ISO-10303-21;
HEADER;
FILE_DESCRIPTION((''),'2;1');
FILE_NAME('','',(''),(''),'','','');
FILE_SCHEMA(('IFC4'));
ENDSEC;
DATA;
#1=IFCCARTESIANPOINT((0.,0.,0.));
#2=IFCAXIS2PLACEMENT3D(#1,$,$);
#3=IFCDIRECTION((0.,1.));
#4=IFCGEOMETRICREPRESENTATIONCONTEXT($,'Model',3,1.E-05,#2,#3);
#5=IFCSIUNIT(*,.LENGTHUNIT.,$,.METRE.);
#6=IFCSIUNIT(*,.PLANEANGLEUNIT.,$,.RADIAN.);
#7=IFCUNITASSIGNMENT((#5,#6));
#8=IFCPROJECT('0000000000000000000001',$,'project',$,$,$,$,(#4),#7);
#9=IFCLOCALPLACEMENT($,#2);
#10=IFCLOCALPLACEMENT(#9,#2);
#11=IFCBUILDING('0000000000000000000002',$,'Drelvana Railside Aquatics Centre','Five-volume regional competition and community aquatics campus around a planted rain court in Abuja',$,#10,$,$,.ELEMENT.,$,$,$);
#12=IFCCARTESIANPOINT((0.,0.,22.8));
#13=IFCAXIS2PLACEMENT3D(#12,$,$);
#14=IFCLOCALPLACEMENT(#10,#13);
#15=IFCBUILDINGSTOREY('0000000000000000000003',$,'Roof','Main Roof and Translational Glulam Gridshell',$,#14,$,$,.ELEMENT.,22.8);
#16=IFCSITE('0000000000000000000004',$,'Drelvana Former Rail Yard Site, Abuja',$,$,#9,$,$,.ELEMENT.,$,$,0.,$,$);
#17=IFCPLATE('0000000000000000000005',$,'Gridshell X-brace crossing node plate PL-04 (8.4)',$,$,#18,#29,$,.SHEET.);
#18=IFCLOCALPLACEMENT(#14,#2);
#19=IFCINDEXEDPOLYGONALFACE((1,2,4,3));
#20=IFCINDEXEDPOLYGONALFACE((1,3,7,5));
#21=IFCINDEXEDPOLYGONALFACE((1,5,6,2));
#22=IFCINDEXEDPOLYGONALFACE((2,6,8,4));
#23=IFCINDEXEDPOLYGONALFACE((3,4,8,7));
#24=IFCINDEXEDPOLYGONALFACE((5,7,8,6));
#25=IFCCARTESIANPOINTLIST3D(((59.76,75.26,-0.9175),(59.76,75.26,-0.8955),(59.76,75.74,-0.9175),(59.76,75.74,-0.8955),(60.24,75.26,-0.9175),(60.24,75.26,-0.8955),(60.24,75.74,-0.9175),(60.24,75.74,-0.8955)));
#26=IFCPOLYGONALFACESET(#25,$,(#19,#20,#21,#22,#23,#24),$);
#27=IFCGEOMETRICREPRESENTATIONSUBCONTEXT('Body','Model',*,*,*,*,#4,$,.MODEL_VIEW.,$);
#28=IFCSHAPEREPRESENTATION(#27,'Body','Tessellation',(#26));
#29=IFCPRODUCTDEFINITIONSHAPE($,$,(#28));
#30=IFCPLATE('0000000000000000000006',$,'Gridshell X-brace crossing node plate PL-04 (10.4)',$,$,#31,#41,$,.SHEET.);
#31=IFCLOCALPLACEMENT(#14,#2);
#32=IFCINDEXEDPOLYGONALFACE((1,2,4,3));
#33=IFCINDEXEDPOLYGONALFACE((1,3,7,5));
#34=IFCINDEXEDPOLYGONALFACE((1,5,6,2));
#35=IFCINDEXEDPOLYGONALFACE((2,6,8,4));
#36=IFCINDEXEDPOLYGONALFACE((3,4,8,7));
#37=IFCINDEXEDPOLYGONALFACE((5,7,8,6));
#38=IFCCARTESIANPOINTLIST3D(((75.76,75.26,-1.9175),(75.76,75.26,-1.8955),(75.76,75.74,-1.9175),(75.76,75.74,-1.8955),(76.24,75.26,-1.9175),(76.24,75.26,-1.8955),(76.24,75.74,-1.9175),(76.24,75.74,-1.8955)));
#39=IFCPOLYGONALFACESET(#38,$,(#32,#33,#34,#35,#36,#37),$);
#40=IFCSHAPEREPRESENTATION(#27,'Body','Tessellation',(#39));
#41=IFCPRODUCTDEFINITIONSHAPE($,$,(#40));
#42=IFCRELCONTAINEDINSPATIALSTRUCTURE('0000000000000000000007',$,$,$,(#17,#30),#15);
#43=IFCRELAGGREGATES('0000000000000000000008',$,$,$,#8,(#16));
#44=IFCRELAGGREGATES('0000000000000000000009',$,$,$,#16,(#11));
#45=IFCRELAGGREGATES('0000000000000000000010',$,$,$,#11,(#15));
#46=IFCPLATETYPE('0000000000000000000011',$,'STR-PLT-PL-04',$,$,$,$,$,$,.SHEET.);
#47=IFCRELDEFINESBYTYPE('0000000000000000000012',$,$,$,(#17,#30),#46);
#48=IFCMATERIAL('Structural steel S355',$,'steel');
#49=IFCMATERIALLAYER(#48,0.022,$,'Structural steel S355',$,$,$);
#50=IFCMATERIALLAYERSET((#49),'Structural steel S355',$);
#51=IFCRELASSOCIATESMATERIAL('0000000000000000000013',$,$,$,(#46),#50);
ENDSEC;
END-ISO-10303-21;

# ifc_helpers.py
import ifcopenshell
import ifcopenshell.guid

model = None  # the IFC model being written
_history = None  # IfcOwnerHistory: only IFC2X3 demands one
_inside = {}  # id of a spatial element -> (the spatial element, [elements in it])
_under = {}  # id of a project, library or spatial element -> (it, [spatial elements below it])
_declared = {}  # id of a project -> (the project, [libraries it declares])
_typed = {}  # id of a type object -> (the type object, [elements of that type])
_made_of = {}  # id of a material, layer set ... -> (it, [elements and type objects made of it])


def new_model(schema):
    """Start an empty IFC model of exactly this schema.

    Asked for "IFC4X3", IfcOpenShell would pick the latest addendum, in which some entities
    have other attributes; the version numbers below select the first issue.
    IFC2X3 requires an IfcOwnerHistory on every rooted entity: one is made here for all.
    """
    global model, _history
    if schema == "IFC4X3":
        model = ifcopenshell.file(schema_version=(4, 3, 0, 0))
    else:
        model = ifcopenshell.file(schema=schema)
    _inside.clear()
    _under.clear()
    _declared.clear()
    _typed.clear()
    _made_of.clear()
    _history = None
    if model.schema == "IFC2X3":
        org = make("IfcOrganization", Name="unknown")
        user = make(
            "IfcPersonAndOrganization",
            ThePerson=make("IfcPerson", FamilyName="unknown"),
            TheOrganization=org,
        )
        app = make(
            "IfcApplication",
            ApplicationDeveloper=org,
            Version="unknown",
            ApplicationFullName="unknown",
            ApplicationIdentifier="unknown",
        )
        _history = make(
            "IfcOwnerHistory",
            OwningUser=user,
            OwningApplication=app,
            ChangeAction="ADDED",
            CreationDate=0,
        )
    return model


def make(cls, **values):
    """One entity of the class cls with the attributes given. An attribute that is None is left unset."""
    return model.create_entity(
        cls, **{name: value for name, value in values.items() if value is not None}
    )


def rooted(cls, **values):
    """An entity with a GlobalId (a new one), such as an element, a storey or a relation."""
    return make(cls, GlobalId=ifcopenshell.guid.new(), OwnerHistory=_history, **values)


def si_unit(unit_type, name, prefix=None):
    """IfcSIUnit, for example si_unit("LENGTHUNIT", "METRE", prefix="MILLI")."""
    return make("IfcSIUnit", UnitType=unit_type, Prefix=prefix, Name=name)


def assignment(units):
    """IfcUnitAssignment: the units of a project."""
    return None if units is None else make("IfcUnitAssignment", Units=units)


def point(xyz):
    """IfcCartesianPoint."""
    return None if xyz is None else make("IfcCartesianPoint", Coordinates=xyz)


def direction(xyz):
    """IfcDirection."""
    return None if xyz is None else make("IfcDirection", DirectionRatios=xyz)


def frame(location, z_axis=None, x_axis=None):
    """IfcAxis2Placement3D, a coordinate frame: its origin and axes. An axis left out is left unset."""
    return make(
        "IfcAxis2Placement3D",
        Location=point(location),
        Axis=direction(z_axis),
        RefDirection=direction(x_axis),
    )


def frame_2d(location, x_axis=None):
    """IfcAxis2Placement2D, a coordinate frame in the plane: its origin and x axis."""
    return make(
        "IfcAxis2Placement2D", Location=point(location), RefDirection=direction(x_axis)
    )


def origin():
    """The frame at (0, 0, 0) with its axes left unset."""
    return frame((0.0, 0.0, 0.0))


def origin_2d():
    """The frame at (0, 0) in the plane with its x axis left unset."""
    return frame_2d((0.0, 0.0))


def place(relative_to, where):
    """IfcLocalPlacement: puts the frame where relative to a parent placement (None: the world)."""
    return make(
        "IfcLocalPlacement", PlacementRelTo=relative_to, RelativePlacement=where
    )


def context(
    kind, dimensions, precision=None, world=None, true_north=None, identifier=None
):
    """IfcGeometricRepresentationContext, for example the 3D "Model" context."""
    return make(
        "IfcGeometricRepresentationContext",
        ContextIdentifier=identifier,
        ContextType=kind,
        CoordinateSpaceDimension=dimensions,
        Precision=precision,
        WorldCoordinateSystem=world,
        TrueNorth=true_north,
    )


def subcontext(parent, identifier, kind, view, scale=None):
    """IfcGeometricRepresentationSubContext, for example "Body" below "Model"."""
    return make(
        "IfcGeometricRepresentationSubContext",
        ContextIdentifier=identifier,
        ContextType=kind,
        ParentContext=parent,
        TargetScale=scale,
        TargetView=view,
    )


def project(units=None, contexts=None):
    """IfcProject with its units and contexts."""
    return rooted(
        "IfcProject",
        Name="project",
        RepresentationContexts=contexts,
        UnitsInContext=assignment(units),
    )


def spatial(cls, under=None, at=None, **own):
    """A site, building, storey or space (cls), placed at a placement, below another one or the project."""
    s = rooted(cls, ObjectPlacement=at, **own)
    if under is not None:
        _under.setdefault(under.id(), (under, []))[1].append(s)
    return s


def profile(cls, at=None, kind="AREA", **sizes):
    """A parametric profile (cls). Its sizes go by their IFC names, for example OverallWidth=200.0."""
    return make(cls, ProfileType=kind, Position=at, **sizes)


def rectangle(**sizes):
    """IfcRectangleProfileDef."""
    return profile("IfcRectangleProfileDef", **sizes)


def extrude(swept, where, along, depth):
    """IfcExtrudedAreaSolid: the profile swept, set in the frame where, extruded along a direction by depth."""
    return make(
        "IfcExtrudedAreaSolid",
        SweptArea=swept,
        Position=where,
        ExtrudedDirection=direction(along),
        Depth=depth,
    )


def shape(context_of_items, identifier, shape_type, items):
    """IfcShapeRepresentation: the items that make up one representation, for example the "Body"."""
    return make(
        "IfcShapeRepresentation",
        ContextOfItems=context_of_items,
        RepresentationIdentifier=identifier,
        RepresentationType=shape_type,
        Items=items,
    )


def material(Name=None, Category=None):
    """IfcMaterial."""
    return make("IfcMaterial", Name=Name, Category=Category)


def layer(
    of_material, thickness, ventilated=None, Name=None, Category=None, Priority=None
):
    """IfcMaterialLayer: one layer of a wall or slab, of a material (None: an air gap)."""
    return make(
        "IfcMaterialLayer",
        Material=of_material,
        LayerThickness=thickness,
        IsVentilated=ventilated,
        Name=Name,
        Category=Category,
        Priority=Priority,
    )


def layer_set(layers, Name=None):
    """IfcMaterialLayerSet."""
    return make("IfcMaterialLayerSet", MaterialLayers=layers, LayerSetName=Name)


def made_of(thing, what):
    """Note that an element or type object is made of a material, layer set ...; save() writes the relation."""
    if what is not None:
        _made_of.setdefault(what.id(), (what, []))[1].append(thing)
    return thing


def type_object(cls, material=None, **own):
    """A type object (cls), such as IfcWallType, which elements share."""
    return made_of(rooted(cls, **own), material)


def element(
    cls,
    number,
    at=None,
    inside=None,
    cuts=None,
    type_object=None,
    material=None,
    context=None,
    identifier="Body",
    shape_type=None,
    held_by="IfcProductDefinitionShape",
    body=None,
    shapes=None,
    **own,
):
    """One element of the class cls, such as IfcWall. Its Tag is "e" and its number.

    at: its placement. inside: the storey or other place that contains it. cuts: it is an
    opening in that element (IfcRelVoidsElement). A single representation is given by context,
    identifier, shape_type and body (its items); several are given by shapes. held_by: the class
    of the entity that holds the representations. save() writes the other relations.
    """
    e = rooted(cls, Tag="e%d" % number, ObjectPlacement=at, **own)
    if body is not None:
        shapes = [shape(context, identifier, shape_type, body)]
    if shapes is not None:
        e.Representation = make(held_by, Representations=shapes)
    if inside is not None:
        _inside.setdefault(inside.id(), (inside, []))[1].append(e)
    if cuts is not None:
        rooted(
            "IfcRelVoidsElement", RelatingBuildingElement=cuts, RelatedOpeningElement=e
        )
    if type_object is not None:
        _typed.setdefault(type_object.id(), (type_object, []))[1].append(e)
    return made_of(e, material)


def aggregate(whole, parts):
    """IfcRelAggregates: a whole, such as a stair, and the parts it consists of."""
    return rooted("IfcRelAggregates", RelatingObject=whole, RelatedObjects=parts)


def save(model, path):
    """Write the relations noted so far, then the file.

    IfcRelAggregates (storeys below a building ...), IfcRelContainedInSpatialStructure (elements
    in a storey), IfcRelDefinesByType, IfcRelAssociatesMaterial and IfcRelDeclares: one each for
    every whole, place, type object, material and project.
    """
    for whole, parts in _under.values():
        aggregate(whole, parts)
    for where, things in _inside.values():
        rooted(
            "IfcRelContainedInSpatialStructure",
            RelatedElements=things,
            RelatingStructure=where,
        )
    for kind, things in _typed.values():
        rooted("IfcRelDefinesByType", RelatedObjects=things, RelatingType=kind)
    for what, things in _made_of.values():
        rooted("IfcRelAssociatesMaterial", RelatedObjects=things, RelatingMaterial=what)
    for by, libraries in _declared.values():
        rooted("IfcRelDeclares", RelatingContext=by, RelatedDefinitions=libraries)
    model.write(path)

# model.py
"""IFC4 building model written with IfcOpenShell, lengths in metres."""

from ifc_helpers import new_model, si_unit, direction, frame, origin, origin_2d, place, context, subcontext, project, spatial, rectangle, extrude, material, layer, layer_set, type_object, element, save


model = new_model("IFC4")

# Units and contexts
model_context = context("Model", 3, precision=1e-05, world=origin(), true_north=direction((0.0, 1.0)))
body_context = subcontext(model_context, "Body", "Model", "MODEL_VIEW")
ifc_project = project(units=[si_unit("LENGTHUNIT", "METRE"), si_unit("PLANEANGLEUNIT", "RADIAN")], contexts=[model_context])

# Site, building, storey
site_placement = place(None, origin())
site = spatial("IfcSite", under=ifc_project, at=site_placement, Name="Drelvana Former Rail Yard Site, Abuja", CompositionType="ELEMENT", RefElevation=0.0)
building_placement = place(site_placement, origin())
building = spatial("IfcBuilding", under=site, at=building_placement, Name="Drelvana Railside Aquatics Centre", Description="Five-volume regional competition and community aquatics campus around a planted rain court in Abuja", CompositionType="ELEMENT")
storey_placement = place(building_placement, frame((0.0, 0.0, 22.8)))
storey = spatial("IfcBuildingStorey", under=building, at=storey_placement, Name="Roof", Description="Main Roof and Translational Glulam Gridshell", CompositionType="ELEMENT", Elevation=22.8)

# Shared definitions
ifc_material_1 = material(Name="Structural steel S355", Category="steel")

# Plates
ifc_layer_1 = layer(ifc_material_1, 0.022, Name="Structural steel S355")
ifc_layer_set_1 = layer_set([ifc_layer_1], Name="Structural steel S355")
plate_type_1 = type_object("IfcPlateType", Name="STR-PLT-PL-04", PredefinedType="SHEET", material=ifc_layer_set_1)
for number, where, z_axis, x_axis, name in (
    (1, (60.0, 75.5, -0.9175), (0.0, 0.0, 1.0), (1.0, 0.0, 0.0), "Gridshell X-brace crossing node plate PL-04 (8.4)"),
    (2, (76.0, 75.5, -1.9175), (0.0, 0.0, 1.0), (1.0, 0.0, 0.0), "Gridshell X-brace crossing node plate PL-04 (10.4)"),
):
    element("IfcPlate", number, at=place(storey_placement, frame(where, z_axis=z_axis, x_axis=x_axis)), inside=storey, type_object=plate_type_1, Name=name, PredefinedType="SHEET", context=body_context, shape_type="SweptSolid", body=[
        extrude(rectangle(XDim=0.48, YDim=0.48, at=origin_2d()), origin(), (0.0, 0.0, 1.0), 0.022),
    ])

save(model, "model.ifc")
